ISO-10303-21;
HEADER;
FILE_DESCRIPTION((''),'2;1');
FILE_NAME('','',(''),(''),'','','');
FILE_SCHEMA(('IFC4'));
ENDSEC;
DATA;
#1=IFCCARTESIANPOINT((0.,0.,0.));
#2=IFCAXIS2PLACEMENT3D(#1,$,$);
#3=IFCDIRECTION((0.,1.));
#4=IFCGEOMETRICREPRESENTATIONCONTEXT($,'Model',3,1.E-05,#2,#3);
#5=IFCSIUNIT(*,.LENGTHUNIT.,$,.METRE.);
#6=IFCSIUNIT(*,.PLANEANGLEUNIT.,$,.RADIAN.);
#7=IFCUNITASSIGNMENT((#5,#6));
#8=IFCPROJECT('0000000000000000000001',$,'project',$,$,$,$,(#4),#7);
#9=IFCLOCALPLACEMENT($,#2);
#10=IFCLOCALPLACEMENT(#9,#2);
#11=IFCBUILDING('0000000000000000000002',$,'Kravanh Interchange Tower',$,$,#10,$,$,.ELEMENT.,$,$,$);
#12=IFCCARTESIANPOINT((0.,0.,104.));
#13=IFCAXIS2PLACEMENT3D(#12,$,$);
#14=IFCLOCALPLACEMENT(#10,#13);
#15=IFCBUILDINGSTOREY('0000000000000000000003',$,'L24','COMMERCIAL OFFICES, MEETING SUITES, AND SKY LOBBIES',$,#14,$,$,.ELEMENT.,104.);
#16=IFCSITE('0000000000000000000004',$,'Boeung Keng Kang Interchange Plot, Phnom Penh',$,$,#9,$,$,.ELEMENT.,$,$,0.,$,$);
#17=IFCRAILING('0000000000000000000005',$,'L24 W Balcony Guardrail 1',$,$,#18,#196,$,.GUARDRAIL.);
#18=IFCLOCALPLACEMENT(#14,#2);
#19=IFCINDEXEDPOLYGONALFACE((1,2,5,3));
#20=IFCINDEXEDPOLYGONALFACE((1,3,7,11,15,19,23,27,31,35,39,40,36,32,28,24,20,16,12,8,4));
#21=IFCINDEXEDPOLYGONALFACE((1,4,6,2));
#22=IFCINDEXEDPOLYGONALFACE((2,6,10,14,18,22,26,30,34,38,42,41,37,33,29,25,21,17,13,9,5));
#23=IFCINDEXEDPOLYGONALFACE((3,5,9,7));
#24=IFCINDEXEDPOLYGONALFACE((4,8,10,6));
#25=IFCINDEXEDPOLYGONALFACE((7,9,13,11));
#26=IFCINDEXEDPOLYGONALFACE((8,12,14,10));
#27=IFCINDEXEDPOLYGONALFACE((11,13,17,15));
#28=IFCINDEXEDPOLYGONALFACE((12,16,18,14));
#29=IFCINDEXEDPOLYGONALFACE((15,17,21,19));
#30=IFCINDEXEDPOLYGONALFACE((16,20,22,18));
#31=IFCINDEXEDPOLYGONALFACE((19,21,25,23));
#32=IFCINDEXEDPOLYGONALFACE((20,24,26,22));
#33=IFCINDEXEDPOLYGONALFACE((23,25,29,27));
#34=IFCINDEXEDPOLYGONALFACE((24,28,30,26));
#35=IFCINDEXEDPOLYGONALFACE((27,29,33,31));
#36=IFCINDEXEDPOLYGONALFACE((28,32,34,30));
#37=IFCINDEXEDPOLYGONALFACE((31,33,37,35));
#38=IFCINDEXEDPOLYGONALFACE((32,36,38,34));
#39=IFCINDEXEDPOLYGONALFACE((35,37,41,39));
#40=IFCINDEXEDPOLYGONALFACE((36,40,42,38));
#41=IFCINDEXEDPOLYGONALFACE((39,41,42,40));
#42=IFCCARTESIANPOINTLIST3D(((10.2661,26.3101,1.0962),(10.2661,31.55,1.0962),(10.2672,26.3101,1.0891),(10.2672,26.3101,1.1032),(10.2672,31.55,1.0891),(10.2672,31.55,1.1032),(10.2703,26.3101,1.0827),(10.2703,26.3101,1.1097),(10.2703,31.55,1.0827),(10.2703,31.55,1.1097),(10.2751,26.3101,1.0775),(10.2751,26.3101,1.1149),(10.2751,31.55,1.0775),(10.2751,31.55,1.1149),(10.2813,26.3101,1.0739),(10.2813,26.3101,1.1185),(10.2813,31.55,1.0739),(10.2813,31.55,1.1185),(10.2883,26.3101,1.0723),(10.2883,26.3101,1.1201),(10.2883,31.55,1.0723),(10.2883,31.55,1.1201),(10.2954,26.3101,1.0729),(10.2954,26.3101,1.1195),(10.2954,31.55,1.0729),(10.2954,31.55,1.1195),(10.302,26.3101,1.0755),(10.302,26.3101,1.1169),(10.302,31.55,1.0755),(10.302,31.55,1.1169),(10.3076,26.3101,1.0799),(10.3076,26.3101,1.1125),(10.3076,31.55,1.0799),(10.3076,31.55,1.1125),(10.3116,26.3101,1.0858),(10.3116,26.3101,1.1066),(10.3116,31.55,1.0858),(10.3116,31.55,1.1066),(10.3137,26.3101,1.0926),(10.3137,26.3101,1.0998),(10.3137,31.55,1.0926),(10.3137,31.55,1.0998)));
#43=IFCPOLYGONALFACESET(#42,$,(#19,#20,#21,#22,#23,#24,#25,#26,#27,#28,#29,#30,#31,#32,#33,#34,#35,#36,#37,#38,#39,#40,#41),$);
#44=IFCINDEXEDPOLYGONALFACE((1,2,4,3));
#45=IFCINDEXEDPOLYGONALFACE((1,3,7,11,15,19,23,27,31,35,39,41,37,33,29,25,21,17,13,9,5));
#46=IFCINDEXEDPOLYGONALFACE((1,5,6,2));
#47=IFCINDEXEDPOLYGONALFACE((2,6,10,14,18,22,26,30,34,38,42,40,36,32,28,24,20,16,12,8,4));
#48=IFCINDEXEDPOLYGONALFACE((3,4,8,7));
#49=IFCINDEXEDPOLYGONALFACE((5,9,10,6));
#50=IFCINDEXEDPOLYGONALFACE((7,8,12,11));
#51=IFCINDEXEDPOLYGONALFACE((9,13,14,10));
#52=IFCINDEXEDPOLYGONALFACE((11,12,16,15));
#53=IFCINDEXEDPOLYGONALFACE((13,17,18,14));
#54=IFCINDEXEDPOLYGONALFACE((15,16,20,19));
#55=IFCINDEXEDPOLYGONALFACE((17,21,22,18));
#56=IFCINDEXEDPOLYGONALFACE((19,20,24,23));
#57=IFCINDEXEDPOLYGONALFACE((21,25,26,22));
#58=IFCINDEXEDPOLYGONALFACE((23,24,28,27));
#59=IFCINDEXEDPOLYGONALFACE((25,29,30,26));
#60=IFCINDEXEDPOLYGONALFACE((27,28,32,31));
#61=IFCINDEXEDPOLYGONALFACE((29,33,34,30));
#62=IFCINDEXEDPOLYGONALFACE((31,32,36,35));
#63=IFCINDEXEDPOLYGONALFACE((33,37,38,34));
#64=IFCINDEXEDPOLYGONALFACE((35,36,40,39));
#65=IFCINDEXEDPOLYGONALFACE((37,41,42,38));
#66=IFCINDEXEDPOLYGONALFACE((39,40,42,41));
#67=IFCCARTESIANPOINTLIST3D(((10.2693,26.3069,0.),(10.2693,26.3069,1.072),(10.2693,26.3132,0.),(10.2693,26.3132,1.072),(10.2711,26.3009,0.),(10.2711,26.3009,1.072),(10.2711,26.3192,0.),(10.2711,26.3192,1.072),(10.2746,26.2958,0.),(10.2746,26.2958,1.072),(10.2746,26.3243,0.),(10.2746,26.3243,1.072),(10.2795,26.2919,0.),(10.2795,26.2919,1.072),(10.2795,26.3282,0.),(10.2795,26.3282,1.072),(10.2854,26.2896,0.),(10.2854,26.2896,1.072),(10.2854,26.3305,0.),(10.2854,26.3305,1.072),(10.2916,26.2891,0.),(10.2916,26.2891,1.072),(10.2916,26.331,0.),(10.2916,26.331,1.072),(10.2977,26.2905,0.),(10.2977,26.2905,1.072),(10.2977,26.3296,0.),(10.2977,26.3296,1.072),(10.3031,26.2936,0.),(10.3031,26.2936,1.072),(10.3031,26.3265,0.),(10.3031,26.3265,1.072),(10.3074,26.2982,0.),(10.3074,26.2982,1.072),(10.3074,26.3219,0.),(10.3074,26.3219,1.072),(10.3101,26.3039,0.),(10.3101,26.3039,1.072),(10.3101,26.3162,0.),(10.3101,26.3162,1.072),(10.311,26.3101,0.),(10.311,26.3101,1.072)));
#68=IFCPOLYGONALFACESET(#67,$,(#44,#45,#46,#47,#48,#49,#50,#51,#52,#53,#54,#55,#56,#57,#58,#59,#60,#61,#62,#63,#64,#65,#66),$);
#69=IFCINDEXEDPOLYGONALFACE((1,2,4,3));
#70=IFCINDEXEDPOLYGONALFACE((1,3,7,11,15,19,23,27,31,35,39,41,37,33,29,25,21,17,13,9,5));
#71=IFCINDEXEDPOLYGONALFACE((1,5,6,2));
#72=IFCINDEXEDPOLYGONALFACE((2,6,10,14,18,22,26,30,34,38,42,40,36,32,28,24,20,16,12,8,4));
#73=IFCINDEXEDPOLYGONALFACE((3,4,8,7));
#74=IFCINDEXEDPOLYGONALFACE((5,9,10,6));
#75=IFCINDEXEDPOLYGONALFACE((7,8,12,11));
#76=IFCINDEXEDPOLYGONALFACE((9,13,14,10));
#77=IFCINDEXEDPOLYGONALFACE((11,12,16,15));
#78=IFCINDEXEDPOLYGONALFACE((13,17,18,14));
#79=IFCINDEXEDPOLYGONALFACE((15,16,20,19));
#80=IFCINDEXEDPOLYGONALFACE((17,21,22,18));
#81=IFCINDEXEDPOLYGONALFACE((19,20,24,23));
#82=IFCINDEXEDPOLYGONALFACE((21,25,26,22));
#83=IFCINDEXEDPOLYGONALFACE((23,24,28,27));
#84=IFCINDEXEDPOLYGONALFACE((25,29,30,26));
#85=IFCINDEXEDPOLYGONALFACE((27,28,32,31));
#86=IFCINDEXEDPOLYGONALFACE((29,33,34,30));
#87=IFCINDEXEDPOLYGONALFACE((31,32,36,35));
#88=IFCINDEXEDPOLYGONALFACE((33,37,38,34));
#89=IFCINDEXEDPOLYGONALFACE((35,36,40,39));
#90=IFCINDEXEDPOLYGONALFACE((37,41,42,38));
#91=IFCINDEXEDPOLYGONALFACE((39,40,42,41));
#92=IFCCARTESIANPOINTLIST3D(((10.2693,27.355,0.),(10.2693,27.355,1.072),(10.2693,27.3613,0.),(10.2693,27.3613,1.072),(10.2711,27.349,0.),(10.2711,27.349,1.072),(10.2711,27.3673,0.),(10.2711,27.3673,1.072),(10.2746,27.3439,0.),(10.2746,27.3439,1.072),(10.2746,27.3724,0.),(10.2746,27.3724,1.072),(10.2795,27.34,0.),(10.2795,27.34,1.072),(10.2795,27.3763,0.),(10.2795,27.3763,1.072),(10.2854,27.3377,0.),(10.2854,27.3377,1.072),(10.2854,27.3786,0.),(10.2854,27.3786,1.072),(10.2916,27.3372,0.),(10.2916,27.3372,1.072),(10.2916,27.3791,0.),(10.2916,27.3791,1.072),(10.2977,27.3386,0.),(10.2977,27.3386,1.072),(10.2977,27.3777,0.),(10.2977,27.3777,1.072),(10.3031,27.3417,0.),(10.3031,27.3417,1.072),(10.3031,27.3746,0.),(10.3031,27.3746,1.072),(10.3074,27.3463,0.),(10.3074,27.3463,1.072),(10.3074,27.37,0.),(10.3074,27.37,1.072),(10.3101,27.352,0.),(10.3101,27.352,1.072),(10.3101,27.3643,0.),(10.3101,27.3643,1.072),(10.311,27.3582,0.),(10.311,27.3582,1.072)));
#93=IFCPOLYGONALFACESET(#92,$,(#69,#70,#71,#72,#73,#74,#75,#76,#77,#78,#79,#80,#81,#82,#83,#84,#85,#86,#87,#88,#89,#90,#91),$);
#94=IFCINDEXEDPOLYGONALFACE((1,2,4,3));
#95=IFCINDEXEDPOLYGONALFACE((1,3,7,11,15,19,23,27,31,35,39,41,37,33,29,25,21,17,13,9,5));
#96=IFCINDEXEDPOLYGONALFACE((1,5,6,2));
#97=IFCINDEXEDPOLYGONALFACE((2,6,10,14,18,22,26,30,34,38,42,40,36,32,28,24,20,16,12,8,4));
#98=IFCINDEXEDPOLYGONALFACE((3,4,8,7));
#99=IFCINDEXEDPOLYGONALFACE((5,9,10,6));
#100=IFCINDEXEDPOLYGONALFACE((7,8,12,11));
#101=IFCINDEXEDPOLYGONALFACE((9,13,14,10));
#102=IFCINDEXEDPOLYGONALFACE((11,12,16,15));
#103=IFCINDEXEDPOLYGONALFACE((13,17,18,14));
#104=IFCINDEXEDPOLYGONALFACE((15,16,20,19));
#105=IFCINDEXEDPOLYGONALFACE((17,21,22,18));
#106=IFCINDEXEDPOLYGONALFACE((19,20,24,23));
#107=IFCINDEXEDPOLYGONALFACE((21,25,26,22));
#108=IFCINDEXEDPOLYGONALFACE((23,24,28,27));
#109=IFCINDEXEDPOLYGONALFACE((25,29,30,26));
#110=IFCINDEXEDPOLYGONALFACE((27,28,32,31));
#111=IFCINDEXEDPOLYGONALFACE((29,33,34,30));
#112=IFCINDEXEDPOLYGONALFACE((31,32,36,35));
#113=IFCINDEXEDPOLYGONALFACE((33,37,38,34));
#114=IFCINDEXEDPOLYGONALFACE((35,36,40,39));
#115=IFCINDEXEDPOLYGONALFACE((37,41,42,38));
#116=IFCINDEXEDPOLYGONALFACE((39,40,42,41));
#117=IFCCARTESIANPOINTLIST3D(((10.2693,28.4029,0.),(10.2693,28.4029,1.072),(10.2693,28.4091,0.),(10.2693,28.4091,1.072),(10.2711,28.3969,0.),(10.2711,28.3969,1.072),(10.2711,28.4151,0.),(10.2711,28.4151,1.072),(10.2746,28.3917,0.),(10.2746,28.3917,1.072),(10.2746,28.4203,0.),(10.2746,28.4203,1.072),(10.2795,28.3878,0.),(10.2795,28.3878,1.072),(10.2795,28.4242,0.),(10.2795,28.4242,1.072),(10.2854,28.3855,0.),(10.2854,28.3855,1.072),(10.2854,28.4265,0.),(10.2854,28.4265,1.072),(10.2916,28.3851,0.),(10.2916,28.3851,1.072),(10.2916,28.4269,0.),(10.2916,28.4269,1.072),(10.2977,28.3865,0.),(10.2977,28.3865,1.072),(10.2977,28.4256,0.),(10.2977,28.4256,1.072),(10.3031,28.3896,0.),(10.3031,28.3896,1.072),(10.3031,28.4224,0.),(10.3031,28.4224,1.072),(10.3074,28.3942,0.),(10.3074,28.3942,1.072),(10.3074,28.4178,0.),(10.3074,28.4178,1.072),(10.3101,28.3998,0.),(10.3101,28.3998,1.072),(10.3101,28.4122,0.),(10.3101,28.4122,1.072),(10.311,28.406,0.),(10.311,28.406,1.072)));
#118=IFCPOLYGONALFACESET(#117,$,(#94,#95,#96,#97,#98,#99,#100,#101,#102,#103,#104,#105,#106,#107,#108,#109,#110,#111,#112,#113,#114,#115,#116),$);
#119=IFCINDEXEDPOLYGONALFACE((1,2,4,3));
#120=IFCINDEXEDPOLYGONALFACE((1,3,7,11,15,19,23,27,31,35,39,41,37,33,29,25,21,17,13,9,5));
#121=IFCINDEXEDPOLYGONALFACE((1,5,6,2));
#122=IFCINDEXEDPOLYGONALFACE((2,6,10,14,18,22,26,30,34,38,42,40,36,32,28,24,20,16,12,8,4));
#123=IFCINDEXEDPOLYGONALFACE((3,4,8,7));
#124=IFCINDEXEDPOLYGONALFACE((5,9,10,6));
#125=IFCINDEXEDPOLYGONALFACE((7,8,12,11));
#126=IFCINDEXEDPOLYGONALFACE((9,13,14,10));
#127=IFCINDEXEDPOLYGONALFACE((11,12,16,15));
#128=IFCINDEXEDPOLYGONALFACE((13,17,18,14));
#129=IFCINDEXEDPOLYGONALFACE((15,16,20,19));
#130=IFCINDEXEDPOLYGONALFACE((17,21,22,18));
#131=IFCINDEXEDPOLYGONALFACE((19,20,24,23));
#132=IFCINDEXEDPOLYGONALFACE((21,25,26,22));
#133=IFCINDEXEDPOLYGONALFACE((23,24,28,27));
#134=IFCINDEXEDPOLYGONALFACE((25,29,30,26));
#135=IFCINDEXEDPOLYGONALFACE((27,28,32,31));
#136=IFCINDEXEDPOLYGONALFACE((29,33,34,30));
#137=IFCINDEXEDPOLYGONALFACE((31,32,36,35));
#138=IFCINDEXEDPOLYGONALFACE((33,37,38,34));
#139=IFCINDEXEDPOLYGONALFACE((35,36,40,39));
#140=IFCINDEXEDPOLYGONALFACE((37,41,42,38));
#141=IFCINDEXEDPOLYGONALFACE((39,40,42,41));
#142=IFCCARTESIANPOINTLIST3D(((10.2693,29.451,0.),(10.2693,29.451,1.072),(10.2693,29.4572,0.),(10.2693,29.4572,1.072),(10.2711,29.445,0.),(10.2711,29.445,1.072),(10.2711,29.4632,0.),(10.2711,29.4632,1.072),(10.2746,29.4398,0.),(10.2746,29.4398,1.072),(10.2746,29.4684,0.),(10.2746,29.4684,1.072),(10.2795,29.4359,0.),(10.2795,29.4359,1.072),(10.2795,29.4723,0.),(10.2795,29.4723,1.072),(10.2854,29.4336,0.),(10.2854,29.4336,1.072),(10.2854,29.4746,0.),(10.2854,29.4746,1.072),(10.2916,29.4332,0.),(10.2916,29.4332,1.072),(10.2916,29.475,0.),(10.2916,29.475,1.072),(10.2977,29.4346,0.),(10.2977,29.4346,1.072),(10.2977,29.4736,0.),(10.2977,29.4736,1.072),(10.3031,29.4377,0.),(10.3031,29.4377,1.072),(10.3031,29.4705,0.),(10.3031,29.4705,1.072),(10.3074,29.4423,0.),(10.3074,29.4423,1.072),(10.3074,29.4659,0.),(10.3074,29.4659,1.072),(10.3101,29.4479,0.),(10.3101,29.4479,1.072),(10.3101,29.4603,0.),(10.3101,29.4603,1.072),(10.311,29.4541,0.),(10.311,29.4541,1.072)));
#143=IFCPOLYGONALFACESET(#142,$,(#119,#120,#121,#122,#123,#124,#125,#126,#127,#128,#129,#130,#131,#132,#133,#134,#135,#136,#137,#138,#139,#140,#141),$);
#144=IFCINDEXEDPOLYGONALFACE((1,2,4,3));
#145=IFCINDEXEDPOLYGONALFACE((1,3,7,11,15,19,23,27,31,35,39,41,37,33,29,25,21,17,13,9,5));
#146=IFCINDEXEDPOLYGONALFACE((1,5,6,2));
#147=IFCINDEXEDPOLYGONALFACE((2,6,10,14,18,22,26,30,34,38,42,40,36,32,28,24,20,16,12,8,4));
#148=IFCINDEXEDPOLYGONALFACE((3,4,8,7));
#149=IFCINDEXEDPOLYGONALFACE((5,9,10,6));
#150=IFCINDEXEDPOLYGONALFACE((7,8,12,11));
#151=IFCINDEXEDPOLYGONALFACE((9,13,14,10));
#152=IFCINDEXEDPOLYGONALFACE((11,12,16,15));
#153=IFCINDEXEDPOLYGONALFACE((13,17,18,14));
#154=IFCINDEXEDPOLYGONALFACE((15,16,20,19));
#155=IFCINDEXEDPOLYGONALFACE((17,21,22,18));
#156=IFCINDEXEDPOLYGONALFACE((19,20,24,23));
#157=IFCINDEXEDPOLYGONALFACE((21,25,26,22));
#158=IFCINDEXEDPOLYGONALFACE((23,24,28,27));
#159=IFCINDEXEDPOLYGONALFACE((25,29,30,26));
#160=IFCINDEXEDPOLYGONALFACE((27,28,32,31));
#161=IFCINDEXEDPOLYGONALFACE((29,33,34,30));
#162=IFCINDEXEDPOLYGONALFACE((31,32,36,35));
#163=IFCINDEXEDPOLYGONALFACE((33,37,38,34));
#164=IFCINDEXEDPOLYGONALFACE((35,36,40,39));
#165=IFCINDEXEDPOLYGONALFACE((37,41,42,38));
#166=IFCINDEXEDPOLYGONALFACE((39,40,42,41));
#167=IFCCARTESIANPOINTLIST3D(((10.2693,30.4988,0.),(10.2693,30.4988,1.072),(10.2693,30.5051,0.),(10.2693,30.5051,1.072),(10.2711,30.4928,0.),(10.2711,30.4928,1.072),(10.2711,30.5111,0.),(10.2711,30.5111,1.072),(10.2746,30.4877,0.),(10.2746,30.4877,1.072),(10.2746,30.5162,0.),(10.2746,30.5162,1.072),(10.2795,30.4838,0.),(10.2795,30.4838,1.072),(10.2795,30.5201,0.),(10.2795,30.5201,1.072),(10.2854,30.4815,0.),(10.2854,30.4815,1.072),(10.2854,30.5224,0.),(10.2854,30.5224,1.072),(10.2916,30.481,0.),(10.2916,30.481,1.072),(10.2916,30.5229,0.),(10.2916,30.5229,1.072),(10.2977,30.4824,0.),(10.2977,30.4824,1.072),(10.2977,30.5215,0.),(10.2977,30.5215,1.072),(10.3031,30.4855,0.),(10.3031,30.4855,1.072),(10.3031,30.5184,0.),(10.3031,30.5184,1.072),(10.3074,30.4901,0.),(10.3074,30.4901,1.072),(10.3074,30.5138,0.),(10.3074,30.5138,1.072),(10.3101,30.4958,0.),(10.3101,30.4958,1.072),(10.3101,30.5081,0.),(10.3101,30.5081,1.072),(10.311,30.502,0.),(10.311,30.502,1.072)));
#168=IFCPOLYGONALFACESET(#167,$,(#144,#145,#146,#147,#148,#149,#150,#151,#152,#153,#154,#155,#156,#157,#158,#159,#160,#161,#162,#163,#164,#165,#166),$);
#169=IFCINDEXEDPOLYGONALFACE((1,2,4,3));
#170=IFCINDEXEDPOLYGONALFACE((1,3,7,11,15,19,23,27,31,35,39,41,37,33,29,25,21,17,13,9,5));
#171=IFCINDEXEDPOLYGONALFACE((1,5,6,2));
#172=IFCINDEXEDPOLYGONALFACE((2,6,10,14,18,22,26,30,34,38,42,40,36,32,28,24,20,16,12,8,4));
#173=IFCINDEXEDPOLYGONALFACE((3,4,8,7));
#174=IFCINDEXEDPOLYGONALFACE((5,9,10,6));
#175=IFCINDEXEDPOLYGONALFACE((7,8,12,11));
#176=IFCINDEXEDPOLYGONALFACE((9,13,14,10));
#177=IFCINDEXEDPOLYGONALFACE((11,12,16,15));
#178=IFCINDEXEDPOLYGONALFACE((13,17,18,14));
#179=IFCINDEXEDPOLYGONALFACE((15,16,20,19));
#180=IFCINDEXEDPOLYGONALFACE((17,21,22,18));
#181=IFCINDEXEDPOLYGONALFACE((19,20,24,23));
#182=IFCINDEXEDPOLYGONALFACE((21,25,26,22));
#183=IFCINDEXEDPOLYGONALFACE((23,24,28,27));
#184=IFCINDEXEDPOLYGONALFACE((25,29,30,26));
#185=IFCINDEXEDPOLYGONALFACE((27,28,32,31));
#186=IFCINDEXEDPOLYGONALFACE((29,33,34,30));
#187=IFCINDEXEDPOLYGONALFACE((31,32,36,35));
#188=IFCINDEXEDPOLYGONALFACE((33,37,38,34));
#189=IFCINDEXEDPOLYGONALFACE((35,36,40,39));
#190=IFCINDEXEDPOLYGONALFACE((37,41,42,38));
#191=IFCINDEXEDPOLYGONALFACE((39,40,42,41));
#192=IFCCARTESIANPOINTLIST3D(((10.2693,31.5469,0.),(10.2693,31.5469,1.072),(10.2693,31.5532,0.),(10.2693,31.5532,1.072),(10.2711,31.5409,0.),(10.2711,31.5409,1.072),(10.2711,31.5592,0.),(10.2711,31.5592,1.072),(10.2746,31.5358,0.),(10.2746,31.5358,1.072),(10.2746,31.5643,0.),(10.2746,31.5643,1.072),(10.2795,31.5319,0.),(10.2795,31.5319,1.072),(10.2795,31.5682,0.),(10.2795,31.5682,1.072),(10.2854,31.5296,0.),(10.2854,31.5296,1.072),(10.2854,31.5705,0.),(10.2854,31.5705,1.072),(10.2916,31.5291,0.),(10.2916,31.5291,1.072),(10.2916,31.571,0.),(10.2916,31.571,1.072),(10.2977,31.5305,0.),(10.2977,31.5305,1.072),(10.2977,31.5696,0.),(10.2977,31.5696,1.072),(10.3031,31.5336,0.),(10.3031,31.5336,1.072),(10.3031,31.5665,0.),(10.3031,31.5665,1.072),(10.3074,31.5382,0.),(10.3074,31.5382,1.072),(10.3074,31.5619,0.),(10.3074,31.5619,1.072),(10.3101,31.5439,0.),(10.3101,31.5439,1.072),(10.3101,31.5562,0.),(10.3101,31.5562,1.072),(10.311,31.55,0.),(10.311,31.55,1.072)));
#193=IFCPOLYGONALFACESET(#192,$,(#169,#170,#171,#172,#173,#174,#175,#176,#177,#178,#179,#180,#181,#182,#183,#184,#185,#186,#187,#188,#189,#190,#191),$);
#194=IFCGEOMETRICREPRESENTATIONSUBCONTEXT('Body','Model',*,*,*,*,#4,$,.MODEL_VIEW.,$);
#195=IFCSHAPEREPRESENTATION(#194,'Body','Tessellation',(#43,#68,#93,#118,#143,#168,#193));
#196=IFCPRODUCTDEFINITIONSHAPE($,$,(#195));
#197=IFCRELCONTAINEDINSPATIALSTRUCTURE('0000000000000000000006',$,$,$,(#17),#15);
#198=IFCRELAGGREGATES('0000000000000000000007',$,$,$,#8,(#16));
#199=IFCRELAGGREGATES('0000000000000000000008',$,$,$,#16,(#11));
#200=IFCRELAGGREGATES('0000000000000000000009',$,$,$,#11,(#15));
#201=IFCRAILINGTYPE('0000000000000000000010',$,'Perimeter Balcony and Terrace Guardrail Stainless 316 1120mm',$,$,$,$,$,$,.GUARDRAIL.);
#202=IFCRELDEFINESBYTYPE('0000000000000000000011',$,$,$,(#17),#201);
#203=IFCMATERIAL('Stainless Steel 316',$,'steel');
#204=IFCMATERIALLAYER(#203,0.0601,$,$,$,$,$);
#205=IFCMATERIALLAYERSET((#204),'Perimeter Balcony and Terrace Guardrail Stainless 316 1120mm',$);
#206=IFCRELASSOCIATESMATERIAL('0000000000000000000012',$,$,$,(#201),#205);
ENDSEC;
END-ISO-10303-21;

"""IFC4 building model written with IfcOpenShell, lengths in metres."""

from ifc_helpers import new_model, si_unit, direction, frame, origin, origin_2d, place, context, subcontext, project, spatial, circle, extrude, material, layer, layer_set, type_object, element, save


model = new_model("IFC4")

# Units and contexts
model_context = context("Model", 3, precision=1e-05, world=origin(), true_north=direction((0.0, 1.0)))
body_context = subcontext(model_context, "Body", "Model", "MODEL_VIEW")
ifc_project = project(units=[si_unit("LENGTHUNIT", "METRE"), si_unit("PLANEANGLEUNIT", "RADIAN")], contexts=[model_context])

# Site, building, storey
site_placement = place(None, origin())
site = spatial("IfcSite", under=ifc_project, at=site_placement, Name="Boeung Keng Kang Interchange Plot, Phnom Penh", CompositionType="ELEMENT", RefElevation=0.0)
building_placement = place(site_placement, origin())
building = spatial("IfcBuilding", under=site, at=building_placement, Name="Kravanh Interchange Tower", CompositionType="ELEMENT")
storey_placement = place(building_placement, frame((0.0, 0.0, 104.0)))
storey = spatial("IfcBuildingStorey", under=building, at=storey_placement, Name="L24", Description="COMMERCIAL OFFICES, MEETING SUITES, AND SKY LOBBIES", CompositionType="ELEMENT", Elevation=104.0)

# Railing
ifc_material_1 = material(Name="Stainless Steel 316", Category="steel")
ifc_layer_1 = layer(ifc_material_1, 0.0601)
ifc_layer_set_1 = layer_set([ifc_layer_1], Name="Perimeter Balcony and Terrace Guardrail Stainless 316 1120mm")
railing_type = type_object("IfcRailingType", Name="Perimeter Balcony and Terrace Guardrail Stainless 316 1120mm", PredefinedType="GUARDRAIL", material=ifc_layer_set_1)
railing_1_placement = place(storey_placement, frame((10.29, 26.3101, 0.0)))
element("IfcRailing", 1, at=railing_1_placement, inside=storey, type_object=railing_type, Name="L24 W Balcony Guardrail 1", PredefinedType="GUARDRAIL", context=body_context, shape_type="SweptSolid", body=[
    extrude(circle(Radius=0.0239, at=origin_2d()), frame((0.0, 0.0, 1.0962), z_axis=(0.0, 1.0, 0.0), x_axis=(-1.0, 0.0, 0.0)), (0.0, 0.0, 1.0), 5.24),
    extrude(circle(Radius=0.021, at=origin_2d()), origin(), (0.0, 0.0, 1.0), 1.072),
    extrude(circle(Radius=0.021, at=origin_2d()), frame((0.0, 1.0481, 0.0)), (0.0, 0.0, 1.0), 1.072),
    extrude(circle(Radius=0.021, at=origin_2d()), frame((0.0, 2.0959, 0.0)), (0.0, 0.0, 1.0), 1.072),
    extrude(circle(Radius=0.021, at=origin_2d()), frame((0.0, 3.144, 0.0)), (0.0, 0.0, 1.0), 1.072),
    extrude(circle(Radius=0.021, at=origin_2d()), frame((0.0, 4.1919, 0.0)), (0.0, 0.0, 1.0), 1.072),
    extrude(circle(Radius=0.021, at=origin_2d()), frame((0.0, 5.24, 0.0)), (0.0, 0.0, 1.0), 1.072),
])

save(model, "model.ifc")
